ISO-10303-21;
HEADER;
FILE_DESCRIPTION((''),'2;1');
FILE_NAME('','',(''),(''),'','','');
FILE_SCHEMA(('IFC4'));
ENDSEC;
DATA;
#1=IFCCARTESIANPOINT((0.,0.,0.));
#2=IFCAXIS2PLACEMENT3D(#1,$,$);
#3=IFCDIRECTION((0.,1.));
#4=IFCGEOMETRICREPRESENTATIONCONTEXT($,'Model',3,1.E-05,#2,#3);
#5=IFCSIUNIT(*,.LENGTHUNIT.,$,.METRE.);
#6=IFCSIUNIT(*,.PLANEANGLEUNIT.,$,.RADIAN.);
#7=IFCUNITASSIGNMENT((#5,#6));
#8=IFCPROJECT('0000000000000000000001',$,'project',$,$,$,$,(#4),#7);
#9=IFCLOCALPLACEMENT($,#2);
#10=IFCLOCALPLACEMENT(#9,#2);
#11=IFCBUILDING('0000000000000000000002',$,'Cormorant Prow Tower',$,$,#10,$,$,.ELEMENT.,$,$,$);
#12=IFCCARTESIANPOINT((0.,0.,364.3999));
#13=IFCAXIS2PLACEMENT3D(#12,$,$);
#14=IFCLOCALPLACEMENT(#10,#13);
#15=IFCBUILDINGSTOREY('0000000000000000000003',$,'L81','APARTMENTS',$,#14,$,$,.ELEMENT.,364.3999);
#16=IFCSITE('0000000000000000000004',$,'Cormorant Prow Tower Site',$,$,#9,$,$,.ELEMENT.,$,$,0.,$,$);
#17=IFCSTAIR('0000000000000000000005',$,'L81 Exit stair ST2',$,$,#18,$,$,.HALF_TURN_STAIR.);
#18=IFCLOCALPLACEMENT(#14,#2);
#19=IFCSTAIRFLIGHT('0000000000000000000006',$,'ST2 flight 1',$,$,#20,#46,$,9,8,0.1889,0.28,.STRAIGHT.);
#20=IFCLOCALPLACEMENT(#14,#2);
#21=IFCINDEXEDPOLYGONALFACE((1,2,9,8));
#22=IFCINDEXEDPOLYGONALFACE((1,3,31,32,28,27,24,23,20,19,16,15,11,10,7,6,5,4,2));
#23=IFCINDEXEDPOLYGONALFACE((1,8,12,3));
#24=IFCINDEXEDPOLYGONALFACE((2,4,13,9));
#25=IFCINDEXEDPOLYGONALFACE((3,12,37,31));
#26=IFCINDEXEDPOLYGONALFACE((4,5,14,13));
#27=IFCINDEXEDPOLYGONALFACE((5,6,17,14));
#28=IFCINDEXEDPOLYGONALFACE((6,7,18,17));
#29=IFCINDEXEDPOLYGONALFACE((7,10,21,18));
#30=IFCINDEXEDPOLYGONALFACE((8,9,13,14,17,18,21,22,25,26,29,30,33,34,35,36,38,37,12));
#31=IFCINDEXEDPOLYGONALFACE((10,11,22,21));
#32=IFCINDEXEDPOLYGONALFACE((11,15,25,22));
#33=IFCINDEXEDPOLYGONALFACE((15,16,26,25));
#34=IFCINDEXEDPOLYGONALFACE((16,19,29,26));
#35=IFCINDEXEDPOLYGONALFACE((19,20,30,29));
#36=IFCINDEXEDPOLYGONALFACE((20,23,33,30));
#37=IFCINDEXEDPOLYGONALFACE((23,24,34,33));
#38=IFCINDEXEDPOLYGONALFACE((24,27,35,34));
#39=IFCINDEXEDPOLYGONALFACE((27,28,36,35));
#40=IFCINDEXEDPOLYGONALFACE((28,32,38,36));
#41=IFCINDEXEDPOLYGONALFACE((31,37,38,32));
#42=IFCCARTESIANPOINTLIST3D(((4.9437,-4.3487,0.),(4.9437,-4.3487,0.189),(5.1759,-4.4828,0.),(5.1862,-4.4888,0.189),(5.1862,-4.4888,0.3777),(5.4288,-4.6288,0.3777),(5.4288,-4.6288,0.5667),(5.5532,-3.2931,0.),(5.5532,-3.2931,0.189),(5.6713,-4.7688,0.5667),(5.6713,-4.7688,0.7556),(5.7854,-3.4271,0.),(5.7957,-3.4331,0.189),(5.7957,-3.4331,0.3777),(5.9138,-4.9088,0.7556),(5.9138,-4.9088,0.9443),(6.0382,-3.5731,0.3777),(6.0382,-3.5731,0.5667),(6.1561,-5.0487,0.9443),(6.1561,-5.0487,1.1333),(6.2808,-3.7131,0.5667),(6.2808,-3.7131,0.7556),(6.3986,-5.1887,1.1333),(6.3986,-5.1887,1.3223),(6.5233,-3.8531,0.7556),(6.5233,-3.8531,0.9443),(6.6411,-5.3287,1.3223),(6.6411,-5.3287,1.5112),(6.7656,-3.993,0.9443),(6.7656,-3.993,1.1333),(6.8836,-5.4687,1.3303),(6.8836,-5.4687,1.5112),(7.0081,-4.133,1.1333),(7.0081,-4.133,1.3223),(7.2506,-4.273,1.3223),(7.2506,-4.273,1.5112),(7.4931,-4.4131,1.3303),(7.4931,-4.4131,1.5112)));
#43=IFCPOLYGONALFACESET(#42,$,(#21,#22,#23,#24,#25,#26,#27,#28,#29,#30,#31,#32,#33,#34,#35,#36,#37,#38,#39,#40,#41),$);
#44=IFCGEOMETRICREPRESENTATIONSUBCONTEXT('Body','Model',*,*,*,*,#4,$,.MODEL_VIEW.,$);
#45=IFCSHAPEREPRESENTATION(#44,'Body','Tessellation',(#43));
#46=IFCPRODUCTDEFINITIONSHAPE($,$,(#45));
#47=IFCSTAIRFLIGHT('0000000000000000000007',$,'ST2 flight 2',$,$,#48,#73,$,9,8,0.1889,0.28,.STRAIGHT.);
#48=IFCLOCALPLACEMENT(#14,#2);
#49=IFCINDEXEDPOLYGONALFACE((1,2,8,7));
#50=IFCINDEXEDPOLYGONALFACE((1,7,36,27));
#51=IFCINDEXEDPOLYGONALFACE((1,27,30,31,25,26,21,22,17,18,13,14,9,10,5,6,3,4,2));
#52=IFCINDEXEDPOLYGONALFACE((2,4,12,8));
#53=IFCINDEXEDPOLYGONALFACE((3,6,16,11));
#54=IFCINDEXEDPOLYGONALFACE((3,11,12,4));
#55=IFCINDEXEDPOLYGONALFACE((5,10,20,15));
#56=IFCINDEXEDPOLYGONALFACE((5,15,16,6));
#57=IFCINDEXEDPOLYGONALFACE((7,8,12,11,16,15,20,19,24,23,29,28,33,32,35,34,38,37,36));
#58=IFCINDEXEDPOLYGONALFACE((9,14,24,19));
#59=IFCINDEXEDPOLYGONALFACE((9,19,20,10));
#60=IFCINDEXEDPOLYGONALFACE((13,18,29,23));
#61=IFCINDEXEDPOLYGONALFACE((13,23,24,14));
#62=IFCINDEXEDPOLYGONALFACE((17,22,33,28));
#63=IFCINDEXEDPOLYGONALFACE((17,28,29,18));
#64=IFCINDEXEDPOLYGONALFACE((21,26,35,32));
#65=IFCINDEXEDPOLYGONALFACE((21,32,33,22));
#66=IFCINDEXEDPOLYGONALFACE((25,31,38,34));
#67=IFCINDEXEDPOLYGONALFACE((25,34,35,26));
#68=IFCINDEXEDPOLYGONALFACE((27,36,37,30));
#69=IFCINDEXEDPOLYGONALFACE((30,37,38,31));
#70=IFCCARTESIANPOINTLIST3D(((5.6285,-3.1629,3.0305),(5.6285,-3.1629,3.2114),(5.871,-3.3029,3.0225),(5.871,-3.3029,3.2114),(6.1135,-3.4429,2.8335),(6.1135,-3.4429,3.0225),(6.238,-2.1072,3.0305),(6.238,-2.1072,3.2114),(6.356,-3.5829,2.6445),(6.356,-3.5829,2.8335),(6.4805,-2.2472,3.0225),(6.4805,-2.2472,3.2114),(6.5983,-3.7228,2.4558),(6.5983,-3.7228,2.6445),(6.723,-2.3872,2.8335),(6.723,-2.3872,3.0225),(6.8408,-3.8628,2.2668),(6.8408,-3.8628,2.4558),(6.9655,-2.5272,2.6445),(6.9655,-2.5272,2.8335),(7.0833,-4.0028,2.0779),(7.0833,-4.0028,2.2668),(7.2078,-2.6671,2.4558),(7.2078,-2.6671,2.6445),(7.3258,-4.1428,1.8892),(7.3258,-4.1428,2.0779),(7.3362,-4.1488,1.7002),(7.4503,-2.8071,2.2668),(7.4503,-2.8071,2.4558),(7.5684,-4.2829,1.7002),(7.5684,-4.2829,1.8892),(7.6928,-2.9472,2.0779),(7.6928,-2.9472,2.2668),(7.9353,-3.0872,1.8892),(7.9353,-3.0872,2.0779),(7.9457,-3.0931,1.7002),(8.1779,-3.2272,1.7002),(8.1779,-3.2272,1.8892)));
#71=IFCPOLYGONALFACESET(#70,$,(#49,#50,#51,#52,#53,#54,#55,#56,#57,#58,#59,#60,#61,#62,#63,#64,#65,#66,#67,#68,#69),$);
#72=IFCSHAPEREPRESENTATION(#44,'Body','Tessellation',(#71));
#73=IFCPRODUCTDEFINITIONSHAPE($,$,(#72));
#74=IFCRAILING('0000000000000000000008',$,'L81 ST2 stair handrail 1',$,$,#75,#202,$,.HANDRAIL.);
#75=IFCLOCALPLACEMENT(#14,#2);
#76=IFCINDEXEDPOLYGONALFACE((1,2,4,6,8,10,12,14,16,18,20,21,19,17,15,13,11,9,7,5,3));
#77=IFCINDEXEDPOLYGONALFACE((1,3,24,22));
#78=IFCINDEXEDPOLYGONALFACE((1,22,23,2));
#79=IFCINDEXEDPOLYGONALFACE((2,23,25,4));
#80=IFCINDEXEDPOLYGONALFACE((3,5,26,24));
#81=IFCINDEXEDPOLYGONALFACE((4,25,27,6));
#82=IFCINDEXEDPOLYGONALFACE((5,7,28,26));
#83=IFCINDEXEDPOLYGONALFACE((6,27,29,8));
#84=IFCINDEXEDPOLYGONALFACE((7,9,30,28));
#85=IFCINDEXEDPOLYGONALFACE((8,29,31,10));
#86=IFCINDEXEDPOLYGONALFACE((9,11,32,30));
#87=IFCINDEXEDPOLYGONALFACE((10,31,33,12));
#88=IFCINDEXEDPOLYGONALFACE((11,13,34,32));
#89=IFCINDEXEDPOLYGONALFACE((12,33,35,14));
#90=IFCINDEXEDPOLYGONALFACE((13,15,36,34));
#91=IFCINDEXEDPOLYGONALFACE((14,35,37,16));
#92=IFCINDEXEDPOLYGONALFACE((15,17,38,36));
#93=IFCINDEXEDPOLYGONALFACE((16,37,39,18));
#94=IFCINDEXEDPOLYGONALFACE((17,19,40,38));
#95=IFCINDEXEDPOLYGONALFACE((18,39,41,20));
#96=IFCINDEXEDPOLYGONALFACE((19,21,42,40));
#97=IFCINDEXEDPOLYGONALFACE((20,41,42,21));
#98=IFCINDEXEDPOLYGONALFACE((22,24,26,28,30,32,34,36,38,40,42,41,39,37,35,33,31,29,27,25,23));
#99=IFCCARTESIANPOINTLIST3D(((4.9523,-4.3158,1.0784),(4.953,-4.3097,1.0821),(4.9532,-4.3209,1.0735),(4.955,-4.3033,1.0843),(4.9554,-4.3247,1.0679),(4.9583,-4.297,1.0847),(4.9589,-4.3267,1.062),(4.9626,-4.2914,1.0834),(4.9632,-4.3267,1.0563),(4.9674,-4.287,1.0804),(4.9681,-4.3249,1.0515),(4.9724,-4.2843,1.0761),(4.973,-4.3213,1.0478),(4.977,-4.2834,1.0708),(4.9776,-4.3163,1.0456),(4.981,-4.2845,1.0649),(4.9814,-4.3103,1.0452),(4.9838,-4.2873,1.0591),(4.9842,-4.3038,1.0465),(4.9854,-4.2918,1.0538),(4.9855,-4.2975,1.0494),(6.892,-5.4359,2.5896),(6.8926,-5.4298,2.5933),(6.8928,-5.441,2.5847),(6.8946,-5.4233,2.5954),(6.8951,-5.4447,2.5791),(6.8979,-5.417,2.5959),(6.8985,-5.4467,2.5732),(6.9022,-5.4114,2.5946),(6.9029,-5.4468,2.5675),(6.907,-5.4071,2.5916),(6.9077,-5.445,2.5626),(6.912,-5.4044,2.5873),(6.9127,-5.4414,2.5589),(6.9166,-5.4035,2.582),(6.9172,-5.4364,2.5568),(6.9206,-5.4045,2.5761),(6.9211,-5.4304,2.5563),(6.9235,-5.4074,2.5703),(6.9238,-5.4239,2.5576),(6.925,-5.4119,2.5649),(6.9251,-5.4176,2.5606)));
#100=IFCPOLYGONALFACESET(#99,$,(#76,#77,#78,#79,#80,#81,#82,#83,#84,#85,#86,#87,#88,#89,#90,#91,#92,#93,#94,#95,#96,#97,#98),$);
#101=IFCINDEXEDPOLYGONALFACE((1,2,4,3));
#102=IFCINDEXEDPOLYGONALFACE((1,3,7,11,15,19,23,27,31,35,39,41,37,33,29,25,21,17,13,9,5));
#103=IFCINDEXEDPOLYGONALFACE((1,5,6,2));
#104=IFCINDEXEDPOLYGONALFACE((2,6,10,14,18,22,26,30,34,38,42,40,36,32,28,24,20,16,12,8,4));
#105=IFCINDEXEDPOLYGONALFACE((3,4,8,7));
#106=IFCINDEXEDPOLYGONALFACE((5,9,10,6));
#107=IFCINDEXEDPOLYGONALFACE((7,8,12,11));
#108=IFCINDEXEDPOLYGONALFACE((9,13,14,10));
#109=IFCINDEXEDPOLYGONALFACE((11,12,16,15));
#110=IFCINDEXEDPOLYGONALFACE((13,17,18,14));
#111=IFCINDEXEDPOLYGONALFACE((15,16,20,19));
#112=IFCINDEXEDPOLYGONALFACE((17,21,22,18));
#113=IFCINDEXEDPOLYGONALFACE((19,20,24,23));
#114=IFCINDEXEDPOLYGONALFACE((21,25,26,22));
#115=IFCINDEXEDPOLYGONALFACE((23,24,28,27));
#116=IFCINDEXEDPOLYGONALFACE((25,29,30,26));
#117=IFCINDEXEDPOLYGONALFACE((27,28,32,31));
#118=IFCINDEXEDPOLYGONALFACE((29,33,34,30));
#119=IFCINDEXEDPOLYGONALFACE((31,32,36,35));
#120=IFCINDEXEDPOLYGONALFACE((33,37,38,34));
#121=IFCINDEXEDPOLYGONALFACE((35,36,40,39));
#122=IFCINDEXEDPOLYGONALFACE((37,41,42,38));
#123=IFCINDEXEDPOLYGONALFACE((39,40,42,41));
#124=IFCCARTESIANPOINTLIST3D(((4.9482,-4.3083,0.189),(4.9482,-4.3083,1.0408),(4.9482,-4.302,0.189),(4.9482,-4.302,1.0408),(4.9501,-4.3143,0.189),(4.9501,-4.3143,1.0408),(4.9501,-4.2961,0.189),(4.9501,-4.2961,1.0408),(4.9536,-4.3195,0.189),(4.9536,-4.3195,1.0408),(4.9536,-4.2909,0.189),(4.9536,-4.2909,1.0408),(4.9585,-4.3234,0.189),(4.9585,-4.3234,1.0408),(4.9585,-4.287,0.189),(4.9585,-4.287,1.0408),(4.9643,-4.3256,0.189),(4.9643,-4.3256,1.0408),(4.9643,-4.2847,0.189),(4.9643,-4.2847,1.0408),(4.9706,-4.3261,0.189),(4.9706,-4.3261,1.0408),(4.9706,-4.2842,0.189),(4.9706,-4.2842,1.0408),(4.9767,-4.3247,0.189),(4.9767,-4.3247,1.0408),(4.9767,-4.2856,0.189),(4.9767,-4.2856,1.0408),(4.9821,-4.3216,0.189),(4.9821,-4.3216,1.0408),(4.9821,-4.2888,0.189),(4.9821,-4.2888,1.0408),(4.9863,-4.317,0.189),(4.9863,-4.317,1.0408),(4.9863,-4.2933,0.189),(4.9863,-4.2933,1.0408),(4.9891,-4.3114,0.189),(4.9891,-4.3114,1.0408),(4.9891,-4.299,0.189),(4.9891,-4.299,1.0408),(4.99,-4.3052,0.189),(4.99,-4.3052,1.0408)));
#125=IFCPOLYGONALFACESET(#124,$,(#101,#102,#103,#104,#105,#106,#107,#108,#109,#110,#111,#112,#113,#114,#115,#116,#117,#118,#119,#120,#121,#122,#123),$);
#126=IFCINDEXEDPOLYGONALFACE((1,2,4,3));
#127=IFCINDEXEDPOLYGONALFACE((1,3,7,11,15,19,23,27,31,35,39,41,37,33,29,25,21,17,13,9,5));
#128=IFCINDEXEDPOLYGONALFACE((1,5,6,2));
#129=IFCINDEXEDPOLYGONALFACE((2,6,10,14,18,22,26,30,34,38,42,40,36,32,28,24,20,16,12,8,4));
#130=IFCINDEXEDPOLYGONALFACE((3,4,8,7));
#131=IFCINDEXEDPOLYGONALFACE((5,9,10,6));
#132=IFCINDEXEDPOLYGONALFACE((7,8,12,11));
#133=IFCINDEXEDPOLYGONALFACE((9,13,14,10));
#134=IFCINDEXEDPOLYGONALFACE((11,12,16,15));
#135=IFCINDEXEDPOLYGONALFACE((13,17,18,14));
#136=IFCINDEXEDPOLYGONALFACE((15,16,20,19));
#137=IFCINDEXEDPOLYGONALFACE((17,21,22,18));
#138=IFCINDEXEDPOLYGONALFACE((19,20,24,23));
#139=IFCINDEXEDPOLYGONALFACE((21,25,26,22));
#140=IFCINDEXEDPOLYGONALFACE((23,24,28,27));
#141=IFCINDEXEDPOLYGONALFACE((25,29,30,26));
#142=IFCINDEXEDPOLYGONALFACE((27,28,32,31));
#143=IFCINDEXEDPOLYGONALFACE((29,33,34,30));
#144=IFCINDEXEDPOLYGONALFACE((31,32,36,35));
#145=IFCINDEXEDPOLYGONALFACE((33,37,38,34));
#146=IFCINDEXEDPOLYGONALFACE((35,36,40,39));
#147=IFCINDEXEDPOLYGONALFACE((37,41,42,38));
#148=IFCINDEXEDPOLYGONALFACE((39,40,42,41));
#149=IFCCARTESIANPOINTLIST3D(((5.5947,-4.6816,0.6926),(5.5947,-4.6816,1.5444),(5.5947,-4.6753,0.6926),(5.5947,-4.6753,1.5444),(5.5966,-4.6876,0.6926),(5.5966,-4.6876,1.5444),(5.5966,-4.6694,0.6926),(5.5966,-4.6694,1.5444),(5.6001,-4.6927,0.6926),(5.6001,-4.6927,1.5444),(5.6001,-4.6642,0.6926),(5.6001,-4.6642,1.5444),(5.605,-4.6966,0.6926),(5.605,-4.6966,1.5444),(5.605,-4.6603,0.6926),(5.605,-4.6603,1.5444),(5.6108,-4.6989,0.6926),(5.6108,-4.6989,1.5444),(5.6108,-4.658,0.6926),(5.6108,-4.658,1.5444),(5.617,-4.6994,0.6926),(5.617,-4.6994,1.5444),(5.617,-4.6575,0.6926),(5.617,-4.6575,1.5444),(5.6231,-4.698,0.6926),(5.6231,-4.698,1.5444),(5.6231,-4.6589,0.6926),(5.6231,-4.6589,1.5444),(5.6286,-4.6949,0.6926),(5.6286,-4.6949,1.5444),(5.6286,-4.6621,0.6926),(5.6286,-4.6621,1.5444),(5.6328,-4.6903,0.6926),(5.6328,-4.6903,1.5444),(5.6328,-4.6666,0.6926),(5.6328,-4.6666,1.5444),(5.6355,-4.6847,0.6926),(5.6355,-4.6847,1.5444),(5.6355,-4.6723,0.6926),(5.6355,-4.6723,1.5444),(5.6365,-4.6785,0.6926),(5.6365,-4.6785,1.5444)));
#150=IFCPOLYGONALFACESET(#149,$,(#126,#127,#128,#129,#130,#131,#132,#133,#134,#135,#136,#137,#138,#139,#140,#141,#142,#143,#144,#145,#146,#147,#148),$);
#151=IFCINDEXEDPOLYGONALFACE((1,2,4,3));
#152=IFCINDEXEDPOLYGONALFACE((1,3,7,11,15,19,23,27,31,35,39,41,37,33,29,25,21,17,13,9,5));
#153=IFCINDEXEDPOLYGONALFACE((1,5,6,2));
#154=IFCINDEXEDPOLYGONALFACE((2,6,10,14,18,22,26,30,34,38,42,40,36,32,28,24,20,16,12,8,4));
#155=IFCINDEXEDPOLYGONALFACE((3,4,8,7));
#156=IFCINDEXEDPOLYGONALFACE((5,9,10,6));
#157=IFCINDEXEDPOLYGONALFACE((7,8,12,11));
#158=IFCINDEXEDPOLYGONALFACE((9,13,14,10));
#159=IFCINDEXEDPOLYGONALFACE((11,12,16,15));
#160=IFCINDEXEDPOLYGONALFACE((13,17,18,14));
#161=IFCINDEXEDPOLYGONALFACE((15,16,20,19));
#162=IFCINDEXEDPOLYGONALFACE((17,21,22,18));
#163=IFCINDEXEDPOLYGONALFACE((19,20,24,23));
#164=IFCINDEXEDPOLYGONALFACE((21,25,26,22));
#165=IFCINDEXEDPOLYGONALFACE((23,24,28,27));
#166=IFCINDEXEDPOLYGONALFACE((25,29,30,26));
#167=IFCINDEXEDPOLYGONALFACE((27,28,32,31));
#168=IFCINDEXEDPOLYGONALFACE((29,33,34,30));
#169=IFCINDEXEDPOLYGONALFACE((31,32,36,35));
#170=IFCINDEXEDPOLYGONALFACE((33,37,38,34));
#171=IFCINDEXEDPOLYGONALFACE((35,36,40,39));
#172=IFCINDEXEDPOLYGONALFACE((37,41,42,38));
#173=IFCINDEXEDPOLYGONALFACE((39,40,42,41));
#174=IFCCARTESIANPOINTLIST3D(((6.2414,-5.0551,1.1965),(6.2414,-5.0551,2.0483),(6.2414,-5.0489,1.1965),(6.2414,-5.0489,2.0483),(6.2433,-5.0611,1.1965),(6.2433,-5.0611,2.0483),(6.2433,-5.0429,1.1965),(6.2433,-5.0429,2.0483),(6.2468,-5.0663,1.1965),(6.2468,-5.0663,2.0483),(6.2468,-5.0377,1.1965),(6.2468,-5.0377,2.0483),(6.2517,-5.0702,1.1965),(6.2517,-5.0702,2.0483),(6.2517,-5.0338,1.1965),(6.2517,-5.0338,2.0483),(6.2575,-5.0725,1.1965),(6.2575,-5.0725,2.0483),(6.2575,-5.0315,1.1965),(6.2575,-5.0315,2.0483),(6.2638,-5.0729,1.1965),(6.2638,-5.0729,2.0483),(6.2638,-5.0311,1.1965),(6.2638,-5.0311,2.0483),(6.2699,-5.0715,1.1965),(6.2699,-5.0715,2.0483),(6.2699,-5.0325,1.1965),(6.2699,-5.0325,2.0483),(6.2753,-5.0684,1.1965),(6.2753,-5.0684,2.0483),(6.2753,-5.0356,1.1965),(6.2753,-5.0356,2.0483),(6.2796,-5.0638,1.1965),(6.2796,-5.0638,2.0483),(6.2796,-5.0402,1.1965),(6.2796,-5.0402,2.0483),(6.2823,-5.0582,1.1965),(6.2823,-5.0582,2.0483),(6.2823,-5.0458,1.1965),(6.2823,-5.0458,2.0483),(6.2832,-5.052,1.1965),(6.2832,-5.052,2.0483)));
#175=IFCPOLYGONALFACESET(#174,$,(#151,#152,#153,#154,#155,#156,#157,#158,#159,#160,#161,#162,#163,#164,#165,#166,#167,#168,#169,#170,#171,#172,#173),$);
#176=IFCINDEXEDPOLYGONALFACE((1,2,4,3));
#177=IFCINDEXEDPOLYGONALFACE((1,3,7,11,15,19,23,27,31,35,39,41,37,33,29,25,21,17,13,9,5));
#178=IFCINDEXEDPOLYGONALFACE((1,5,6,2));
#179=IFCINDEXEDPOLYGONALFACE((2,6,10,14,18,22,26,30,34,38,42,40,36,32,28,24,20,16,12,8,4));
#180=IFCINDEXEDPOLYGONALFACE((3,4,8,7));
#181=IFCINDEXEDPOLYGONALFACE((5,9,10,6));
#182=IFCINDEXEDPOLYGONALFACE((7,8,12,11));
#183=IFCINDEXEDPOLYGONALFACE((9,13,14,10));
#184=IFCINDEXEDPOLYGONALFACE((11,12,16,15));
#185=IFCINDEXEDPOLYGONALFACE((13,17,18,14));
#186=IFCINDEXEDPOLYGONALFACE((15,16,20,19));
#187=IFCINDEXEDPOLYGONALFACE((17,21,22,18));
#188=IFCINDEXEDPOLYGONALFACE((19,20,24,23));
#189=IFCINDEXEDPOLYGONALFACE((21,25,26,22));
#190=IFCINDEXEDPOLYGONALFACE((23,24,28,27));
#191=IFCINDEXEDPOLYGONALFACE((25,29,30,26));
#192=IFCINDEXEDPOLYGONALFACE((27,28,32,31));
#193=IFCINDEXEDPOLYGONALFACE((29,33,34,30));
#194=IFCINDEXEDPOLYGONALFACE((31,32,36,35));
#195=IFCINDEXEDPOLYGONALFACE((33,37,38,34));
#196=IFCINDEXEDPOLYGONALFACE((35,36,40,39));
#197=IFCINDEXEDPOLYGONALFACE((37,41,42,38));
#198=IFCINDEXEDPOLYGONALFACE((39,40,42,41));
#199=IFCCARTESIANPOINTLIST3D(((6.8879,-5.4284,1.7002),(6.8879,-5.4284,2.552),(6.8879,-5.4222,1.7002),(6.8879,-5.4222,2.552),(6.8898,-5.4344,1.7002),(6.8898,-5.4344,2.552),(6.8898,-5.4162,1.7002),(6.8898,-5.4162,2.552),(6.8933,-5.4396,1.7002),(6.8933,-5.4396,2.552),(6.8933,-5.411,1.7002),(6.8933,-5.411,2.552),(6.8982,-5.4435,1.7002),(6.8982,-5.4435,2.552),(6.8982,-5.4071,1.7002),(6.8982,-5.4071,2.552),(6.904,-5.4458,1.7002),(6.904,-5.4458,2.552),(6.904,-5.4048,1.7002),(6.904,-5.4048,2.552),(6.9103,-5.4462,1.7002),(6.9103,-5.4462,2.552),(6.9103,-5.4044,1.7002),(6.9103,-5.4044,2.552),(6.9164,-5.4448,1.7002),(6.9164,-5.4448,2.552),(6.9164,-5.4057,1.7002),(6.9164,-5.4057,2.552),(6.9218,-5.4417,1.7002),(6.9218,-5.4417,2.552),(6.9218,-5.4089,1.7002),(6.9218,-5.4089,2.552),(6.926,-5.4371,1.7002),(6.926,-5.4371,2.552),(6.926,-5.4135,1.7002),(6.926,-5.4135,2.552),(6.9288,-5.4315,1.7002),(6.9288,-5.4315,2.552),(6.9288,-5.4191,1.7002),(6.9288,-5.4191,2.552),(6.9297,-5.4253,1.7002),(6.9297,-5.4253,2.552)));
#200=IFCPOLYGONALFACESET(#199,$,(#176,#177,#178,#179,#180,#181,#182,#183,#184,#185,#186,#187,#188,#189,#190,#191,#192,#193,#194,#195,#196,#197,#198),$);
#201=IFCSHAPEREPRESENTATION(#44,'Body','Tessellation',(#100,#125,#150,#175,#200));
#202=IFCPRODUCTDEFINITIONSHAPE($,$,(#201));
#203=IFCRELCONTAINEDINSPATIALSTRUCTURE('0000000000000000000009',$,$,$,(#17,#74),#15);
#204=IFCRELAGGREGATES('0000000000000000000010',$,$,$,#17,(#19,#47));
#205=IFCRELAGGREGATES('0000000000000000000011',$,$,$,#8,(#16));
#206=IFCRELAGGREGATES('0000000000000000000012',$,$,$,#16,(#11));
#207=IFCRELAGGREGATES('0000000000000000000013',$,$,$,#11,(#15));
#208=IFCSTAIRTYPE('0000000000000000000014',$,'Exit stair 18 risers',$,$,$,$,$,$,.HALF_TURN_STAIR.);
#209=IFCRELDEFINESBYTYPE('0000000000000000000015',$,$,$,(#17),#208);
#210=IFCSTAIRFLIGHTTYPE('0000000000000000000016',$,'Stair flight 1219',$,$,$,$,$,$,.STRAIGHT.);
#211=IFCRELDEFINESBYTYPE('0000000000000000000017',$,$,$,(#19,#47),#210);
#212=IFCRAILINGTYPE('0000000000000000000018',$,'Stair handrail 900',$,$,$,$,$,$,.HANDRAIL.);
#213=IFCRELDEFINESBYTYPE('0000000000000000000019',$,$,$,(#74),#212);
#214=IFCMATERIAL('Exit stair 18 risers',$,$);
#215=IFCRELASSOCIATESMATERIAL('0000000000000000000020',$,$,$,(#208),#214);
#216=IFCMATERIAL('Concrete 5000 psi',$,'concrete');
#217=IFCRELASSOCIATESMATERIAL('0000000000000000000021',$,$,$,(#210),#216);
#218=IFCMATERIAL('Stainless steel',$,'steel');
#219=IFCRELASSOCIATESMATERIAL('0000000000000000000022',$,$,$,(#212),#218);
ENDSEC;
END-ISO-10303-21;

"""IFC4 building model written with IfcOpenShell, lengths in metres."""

from ifc_helpers import new_model, si_unit, direction, frame, origin, origin_2d, place, context, subcontext, project, spatial, polyline, circle, outline, extrude, material, type_object, element, aggregate, save


model = new_model("IFC4")

# Units and contexts
model_context = context("Model", 3, precision=1e-05, world=origin(), true_north=direction((0.0, 1.0)))
body_context = subcontext(model_context, "Body", "Model", "MODEL_VIEW")
ifc_project = project(units=[si_unit("LENGTHUNIT", "METRE"), si_unit("PLANEANGLEUNIT", "RADIAN")], contexts=[model_context])

# Site, building, storey
site_placement = place(None, origin())
site = spatial("IfcSite", under=ifc_project, at=site_placement, Name="Cormorant Prow Tower Site", CompositionType="ELEMENT", RefElevation=0.0)
building_placement = place(site_placement, origin())
building = spatial("IfcBuilding", under=site, at=building_placement, Name="Cormorant Prow Tower", CompositionType="ELEMENT")
storey_placement = place(building_placement, frame((0.0, 0.0, 364.3999)))
storey = spatial("IfcBuildingStorey", under=building, at=storey_placement, Name="L81", Description="APARTMENTS", CompositionType="ELEMENT", Elevation=364.3999)

# Stair, stair flights
ifc_material_1 = material(Name="Exit stair 18 risers")
stair_type = type_object("IfcStairType", Name="Exit stair 18 risers", PredefinedType="HALF_TURN_STAIR", material=ifc_material_1)
stair_placement = place(storey_placement, origin())
stair = element("IfcStair", 1, at=stair_placement, inside=storey, type_object=stair_type, Name="L81 Exit stair ST2", PredefinedType="HALF_TURN_STAIR")
ifc_material_2 = material(Name="Concrete 5000 psi", Category="concrete")
stair_flight_type = type_object("IfcStairFlightType", Name="Stair flight 1219", PredefinedType="STRAIGHT", material=ifc_material_2)
stair_flight_1_placement = place(storey_placement, frame((5.2485, -3.8208, 0.0), z_axis=(0.0, 0.0, 1.0), x_axis=(0.866025, -0.5, 0.0)))
stair_flight_1 = element("IfcStairFlight", 2, at=stair_flight_1_placement, type_object=stair_flight_type, Name="ST2 flight 1", NumberOfRisers=9, NumberOfTreads=8, PredefinedType="STRAIGHT", RiserHeight=0.1889, TreadLength=0.28, context=body_context, shape_type="SweptSolid", body=[
    extrude(outline(polyline([(0.0, 0.0), (0.0, 0.189), (0.28, 0.189), (0.28, 0.3777), (0.5601, 0.3777), (0.5601, 0.5667), (0.8401, 0.5667), (0.8401, 0.7556), (1.1201, 0.7556), (1.1201, 0.9443), (1.3999, 0.9443), (1.3999, 1.1333), (1.6799, 1.1333), (1.6799, 1.3223), (1.96, 1.3223), (1.96, 1.5112), (2.24, 1.5112), (2.24, 1.7), (2.24, 1.3303), (0.2681, 0.0), (0.0, 0.0)])), frame((0.0, 0.6094, 0.0), z_axis=(0.0, -1.0, 0.0), x_axis=(1.0, 0.0, 0.0)), (0.0, 0.0, 1.0), 1.219),
])
stair_flight_2_placement = place(storey_placement, frame((7.873, -3.7551, 1.7002), z_axis=(0.0, 0.0, 1.0), x_axis=(-0.866025, 0.5, 0.0)))
stair_flight_2 = element("IfcStairFlight", 3, at=stair_flight_2_placement, type_object=stair_flight_type, Name="ST2 flight 2", NumberOfRisers=9, NumberOfTreads=8, PredefinedType="STRAIGHT", RiserHeight=0.1889, TreadLength=0.28, context=body_context, shape_type="SweptSolid", body=[
    extrude(outline(polyline([(0.0, 0.0), (0.0, 0.189), (0.28, 0.189), (0.28, 0.3777), (0.5601, 0.3777), (0.5601, 0.5667), (0.8401, 0.5667), (0.8401, 0.7556), (1.1201, 0.7556), (1.1201, 0.9443), (1.3999, 0.9443), (1.3999, 1.1333), (1.6799, 1.1333), (1.6799, 1.3223), (1.96, 1.3223), (1.96, 1.5112), (2.24, 1.5112), (2.24, 1.7), (2.24, 1.3303), (0.2681, 0.0), (0.0, 0.0)])), frame((0.0, 0.6094, 0.0), z_axis=(0.0, -1.0, 0.0), x_axis=(1.0, 0.0, 0.0)), (0.0, 0.0, 1.0), 1.219),
])
aggregate(stair, [stair_flight_1, stair_flight_2])

# Railing
ifc_material_3 = material(Name="Stainless steel", Category="steel")
railing_type = type_object("IfcRailingType", Name="Stair handrail 900", PredefinedType="HANDRAIL", material=ifc_material_3)
railing_1_placement = place(storey_placement, frame((4.969, -4.3052, 0.189)))
element("IfcRailing", 4, at=railing_1_placement, inside=storey, type_object=railing_type, Name="L81 ST2 stair handrail 1", PredefinedType="HANDRAIL", context=body_context, shape_type="SweptSolid", body=[
    extrude(circle(Radius=0.0239, at=origin_2d()), frame((0.0, 0.0, 0.876), z_axis=(0.71787, -0.414548, 0.559297), x_axis=(0.500078, 0.86598, 0.0)), (0.0, 0.0, 1.0), 2.7019),
    extrude(circle(Radius=0.021, at=origin_2d()), origin(), (0.0, 0.0, 1.0), 0.8518),
    extrude(circle(Radius=0.021, at=origin_2d()), frame((0.6465, -0.3733, 0.5037)), (0.0, 0.0, 1.0), 0.8518),
    extrude(circle(Radius=0.021, at=origin_2d()), frame((1.2932, -0.7468, 1.0076)), (0.0, 0.0, 1.0), 0.8518),
    extrude(circle(Radius=0.021, at=origin_2d()), frame((1.9397, -1.1201, 1.5112)), (0.0, 0.0, 1.0), 0.8518),
])

save(model, "model.ifc")
